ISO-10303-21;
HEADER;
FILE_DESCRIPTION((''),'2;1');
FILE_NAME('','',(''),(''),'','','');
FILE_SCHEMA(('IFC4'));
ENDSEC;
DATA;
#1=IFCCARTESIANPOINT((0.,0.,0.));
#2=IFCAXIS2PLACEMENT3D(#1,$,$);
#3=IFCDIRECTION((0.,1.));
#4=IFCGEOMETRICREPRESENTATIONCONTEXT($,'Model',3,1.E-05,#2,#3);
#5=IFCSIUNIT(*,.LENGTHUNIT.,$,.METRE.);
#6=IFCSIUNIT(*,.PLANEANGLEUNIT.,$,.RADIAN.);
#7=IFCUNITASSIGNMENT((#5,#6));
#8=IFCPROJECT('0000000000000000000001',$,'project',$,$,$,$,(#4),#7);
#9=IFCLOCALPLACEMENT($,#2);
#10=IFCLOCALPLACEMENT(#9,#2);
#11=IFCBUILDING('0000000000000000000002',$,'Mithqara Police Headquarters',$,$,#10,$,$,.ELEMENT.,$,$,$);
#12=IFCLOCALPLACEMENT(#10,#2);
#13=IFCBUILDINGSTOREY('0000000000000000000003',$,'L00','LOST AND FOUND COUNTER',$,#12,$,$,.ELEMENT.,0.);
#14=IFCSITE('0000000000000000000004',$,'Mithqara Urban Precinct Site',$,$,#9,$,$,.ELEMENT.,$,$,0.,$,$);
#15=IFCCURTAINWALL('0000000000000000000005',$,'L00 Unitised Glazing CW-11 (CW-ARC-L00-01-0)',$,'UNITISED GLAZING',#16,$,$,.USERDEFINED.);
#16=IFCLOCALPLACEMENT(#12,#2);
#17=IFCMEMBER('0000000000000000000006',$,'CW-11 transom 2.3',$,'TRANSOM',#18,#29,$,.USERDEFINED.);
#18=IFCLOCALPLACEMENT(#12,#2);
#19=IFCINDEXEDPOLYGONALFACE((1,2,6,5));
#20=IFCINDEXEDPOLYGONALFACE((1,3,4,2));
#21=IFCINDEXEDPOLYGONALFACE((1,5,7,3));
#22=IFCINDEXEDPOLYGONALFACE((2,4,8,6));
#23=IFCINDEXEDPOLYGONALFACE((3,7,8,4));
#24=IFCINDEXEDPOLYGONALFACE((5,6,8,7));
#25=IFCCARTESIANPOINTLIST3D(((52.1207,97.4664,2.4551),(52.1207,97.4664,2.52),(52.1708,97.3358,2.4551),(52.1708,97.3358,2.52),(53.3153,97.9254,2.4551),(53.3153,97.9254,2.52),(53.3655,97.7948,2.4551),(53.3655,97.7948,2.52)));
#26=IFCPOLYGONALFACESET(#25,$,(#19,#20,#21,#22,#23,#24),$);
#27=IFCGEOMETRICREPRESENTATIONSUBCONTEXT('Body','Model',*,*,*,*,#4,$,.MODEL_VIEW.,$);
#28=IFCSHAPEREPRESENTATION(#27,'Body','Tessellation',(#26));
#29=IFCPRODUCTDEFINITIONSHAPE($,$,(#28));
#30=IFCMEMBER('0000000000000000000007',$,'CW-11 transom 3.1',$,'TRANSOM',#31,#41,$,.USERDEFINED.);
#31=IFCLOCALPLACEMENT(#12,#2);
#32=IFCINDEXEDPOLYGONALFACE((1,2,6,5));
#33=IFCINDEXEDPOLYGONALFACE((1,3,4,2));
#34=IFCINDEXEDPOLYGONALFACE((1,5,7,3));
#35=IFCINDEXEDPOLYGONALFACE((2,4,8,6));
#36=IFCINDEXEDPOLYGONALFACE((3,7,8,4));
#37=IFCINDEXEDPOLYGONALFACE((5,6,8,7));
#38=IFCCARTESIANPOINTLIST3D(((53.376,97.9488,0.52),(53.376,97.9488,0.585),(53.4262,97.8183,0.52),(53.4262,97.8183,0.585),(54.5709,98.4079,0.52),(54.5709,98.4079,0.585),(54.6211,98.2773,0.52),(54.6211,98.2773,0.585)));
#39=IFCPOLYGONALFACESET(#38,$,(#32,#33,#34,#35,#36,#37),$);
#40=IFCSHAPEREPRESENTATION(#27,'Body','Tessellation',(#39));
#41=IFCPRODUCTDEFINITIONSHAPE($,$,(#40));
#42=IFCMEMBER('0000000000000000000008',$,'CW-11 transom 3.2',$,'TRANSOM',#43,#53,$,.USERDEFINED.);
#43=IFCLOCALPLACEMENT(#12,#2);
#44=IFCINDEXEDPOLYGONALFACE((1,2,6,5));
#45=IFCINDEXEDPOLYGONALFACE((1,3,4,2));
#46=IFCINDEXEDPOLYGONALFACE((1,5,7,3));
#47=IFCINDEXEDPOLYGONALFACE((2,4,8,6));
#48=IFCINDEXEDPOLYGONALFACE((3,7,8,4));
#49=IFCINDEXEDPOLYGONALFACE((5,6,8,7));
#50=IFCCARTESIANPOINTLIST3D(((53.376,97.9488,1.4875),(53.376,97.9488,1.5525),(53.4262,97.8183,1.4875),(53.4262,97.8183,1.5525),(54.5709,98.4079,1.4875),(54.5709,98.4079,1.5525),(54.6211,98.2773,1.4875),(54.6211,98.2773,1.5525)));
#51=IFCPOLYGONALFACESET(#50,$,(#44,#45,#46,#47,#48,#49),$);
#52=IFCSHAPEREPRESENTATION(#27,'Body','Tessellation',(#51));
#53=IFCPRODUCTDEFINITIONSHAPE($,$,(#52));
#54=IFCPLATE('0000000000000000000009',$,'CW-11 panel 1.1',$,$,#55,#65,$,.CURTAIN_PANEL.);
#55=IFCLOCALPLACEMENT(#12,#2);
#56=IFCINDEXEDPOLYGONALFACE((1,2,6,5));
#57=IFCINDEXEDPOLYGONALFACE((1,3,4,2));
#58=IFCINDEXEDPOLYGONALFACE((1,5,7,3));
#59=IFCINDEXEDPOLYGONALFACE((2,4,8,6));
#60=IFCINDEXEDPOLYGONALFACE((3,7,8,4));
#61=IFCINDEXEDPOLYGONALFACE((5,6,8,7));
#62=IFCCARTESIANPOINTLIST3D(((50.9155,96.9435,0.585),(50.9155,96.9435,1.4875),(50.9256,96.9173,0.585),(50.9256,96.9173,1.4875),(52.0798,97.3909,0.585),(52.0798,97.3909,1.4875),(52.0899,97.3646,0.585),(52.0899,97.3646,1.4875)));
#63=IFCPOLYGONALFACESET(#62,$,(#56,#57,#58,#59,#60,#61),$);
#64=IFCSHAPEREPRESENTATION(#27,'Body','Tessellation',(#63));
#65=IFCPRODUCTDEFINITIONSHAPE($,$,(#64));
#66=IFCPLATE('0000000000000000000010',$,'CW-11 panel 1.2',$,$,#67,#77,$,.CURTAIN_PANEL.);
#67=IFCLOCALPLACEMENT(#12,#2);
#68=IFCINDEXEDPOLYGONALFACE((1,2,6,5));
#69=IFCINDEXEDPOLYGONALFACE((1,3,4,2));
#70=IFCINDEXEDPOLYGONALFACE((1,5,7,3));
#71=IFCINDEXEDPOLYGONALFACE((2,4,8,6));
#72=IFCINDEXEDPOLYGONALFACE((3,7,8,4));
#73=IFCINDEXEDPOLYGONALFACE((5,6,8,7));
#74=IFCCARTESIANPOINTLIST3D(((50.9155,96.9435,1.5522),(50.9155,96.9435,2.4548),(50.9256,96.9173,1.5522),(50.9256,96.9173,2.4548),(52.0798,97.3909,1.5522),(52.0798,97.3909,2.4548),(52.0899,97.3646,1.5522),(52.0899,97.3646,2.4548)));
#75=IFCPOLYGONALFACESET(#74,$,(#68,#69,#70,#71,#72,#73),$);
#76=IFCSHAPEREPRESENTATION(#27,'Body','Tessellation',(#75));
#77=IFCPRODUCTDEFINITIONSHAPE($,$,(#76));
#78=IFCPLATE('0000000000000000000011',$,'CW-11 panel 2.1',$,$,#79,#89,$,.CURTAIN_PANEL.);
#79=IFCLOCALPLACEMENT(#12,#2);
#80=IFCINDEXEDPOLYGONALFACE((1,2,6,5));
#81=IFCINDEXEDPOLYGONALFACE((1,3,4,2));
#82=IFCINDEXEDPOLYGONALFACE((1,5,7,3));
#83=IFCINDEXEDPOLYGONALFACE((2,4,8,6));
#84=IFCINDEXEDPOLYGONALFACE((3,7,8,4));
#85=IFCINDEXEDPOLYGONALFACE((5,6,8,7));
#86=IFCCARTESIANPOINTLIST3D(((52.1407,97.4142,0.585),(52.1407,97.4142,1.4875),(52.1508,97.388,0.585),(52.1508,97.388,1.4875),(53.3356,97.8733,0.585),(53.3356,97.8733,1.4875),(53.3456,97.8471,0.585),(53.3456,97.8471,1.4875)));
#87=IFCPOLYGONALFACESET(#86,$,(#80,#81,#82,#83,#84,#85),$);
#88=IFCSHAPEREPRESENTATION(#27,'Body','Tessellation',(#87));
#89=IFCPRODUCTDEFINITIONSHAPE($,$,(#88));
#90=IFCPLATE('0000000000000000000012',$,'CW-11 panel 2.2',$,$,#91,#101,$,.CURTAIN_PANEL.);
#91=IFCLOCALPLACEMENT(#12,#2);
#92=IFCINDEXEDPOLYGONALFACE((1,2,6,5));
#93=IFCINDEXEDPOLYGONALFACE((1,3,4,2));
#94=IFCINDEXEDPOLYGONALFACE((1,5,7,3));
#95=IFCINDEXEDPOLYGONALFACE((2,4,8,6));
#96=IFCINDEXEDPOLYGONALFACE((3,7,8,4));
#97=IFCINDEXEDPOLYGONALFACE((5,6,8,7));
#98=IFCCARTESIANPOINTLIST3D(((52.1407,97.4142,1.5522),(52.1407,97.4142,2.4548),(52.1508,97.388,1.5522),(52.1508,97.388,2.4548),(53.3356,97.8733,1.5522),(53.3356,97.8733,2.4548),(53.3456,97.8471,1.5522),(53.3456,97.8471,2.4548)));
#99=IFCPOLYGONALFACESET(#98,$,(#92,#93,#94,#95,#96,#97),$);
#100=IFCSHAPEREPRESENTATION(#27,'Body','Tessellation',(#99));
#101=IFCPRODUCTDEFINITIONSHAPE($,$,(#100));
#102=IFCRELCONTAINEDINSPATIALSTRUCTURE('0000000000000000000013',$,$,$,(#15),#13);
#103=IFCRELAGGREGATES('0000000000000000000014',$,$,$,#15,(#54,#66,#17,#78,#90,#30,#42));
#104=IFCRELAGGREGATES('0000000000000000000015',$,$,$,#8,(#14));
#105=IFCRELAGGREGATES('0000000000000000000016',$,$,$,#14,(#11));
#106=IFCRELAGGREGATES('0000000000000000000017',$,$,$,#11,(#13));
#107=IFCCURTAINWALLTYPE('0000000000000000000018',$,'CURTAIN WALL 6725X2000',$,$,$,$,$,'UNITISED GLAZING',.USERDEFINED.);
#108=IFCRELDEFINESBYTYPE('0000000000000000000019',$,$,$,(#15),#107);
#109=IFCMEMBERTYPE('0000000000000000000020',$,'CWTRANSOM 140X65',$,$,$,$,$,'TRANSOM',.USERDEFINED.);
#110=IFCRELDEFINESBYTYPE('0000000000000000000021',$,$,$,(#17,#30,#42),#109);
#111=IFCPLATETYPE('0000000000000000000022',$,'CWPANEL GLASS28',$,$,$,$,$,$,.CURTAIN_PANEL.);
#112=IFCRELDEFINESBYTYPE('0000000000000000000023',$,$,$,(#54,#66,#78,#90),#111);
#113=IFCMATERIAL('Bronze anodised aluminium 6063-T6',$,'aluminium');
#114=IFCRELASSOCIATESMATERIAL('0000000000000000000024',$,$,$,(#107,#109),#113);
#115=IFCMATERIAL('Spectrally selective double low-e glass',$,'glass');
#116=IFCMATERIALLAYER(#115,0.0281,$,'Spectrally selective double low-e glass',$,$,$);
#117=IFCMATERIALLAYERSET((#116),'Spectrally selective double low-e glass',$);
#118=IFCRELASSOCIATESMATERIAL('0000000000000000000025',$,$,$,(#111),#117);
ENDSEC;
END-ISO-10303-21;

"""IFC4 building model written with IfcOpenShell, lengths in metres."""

from ifc_helpers import new_model, si_unit, direction, frame, origin, origin_2d, place, context, subcontext, project, spatial, rectangle, extrude, material, layer, layer_set, material_profile, profile_set, type_object, element, aggregate, save


model = new_model("IFC4")

# Units and contexts
model_context = context("Model", 3, precision=1e-05, world=origin(), true_north=direction((0.0, 1.0)))
body_context = subcontext(model_context, "Body", "Model", "MODEL_VIEW")
ifc_project = project(units=[si_unit("LENGTHUNIT", "METRE"), si_unit("PLANEANGLEUNIT", "RADIAN")], contexts=[model_context])

# Site, building, storey
site_placement = place(None, origin())
site = spatial("IfcSite", under=ifc_project, at=site_placement, Name="Mithqara Urban Precinct Site", CompositionType="ELEMENT", RefElevation=0.0)
building_placement = place(site_placement, origin())
building = spatial("IfcBuilding", under=site, at=building_placement, Name="Mithqara Police Headquarters", CompositionType="ELEMENT")
storey_placement = place(building_placement, origin())
storey = spatial("IfcBuildingStorey", under=building, at=storey_placement, Name="L00", Description="LOST AND FOUND COUNTER", CompositionType="ELEMENT", Elevation=0.0)

# Curtain wall, members, plates
ifc_material_1 = material(Name="Bronze anodised aluminium 6063-T6", Category="aluminium")
curtain_wall_type = type_object("IfcCurtainWallType", Name="CURTAIN WALL 6725X2000", ElementType="UNITISED GLAZING", PredefinedType="USERDEFINED", material=ifc_material_1)
curtain_wall_placement = place(storey_placement, origin())
curtain_wall = element("IfcCurtainWall", 1, at=curtain_wall_placement, inside=storey, type_object=curtain_wall_type, Name="L00 Unitised Glazing CW-11 (CW-ARC-L00-01-0)", ObjectType="UNITISED GLAZING", PredefinedType="USERDEFINED")
ifc_material_profile_1 = material_profile(ifc_material_1, rectangle(XDim=0.1399, YDim=0.0649, at=origin_2d()), Name="CWT 140x65")
ifc_profile_set_1 = profile_set([ifc_material_profile_1], Name="Bronze anodised aluminium 6063-T6")
member_type_1 = type_object("IfcMemberType", Name="CWTRANSOM 140X65", ElementType="TRANSOM", PredefinedType="USERDEFINED", material=ifc_profile_set_1)
member_1_placement = place(storey_placement, frame((52.1458, 97.4011, 2.4875), z_axis=(0.933468, 0.358659, 0.0), x_axis=(-0.358659, 0.933468, 0.0)))
member_1 = element("IfcMember", 2, at=member_1_placement, type_object=member_type_1, Name="CW-11 transom 2.3", ObjectType="TRANSOM", PredefinedType="USERDEFINED", context=body_context, shape_type="SweptSolid", body=[
    extrude(rectangle(XDim=0.1399, YDim=0.0649, at=origin_2d()), origin(), (0.0, 0.0, 1.0), 1.2798),
])
member_2_placement = place(storey_placement, frame((53.4011, 97.8835, 0.5525), z_axis=(0.933493, 0.358596, 0.0), x_axis=(-0.358596, 0.933493, 0.0)))
member_2 = element("IfcMember", 3, at=member_2_placement, type_object=member_type_1, Name="CW-11 transom 3.1", ObjectType="TRANSOM", PredefinedType="USERDEFINED", context=body_context, shape_type="SweptSolid", body=[
    extrude(rectangle(XDim=0.1399, YDim=0.0649, at=origin_2d()), origin(), (0.0, 0.0, 1.0), 1.28),
])
member_3_placement = place(storey_placement, frame((53.4011, 97.8835, 1.52), z_axis=(0.933493, 0.358596, 0.0), x_axis=(-0.358596, 0.933493, 0.0)))
member_3 = element("IfcMember", 4, at=member_3_placement, type_object=member_type_1, Name="CW-11 transom 3.2", ObjectType="TRANSOM", PredefinedType="USERDEFINED", context=body_context, shape_type="SweptSolid", body=[
    extrude(rectangle(XDim=0.1399, YDim=0.0649, at=origin_2d()), origin(), (0.0, 0.0, 1.0), 1.28),
])
ifc_material_2 = material(Name="Spectrally selective double low-e glass", Category="glass")
ifc_layer = layer(ifc_material_2, 0.0281, Name="Spectrally selective double low-e glass")
ifc_layer_set = layer_set([ifc_layer], Name="Spectrally selective double low-e glass")
plate_type = type_object("IfcPlateType", Name="CWPANEL GLASS28", PredefinedType="CURTAIN_PANEL", material=ifc_layer_set)
plate_1_placement = place(storey_placement, frame((51.5027, 97.1541, 0.585), z_axis=(0.0, 0.0, 1.0), x_axis=(0.933461, 0.35868, 0.0)))
plate_1 = element("IfcPlate", 5, at=plate_1_placement, type_object=plate_type, Name="CW-11 panel 1.1", PredefinedType="CURTAIN_PANEL", context=body_context, shape_type="SweptSolid", body=[
    extrude(rectangle(XDim=1.2473, YDim=0.0281, at=origin_2d()), origin(), (0.0, 0.0, 1.0), 0.9026),
])
plate_2_placement = place(storey_placement, frame((51.5027, 97.1541, 1.5522), z_axis=(0.0, 0.0, 1.0), x_axis=(0.933461, 0.35868, 0.0)))
plate_2 = element("IfcPlate", 6, at=plate_2_placement, type_object=plate_type, Name="CW-11 panel 1.2", PredefinedType="CURTAIN_PANEL", context=body_context, shape_type="SweptSolid", body=[
    extrude(rectangle(XDim=1.2473, YDim=0.0281, at=origin_2d()), origin(), (0.0, 0.0, 1.0), 0.9026),
])
plate_3_placement = place(storey_placement, frame((52.7432, 97.6306, 0.585), z_axis=(0.0, 0.0, 1.0), x_axis=(0.933461, 0.35868, 0.0)))
plate_3 = element("IfcPlate", 7, at=plate_3_placement, type_object=plate_type, Name="CW-11 panel 2.1", PredefinedType="CURTAIN_PANEL", context=body_context, shape_type="SweptSolid", body=[
    extrude(rectangle(XDim=1.28, YDim=0.0281, at=origin_2d()), origin(), (0.0, 0.0, 1.0), 0.9026),
])
plate_4_placement = place(storey_placement, frame((52.7432, 97.6306, 1.5522), z_axis=(0.0, 0.0, 1.0), x_axis=(0.933461, 0.35868, 0.0)))
plate_4 = element("IfcPlate", 8, at=plate_4_placement, type_object=plate_type, Name="CW-11 panel 2.2", PredefinedType="CURTAIN_PANEL", context=body_context, shape_type="SweptSolid", body=[
    extrude(rectangle(XDim=1.28, YDim=0.0281, at=origin_2d()), origin(), (0.0, 0.0, 1.0), 0.9026),
])
aggregate(curtain_wall, [plate_1, plate_2, member_1, plate_3, plate_4, member_2, member_3])

save(model, "model.ifc")
